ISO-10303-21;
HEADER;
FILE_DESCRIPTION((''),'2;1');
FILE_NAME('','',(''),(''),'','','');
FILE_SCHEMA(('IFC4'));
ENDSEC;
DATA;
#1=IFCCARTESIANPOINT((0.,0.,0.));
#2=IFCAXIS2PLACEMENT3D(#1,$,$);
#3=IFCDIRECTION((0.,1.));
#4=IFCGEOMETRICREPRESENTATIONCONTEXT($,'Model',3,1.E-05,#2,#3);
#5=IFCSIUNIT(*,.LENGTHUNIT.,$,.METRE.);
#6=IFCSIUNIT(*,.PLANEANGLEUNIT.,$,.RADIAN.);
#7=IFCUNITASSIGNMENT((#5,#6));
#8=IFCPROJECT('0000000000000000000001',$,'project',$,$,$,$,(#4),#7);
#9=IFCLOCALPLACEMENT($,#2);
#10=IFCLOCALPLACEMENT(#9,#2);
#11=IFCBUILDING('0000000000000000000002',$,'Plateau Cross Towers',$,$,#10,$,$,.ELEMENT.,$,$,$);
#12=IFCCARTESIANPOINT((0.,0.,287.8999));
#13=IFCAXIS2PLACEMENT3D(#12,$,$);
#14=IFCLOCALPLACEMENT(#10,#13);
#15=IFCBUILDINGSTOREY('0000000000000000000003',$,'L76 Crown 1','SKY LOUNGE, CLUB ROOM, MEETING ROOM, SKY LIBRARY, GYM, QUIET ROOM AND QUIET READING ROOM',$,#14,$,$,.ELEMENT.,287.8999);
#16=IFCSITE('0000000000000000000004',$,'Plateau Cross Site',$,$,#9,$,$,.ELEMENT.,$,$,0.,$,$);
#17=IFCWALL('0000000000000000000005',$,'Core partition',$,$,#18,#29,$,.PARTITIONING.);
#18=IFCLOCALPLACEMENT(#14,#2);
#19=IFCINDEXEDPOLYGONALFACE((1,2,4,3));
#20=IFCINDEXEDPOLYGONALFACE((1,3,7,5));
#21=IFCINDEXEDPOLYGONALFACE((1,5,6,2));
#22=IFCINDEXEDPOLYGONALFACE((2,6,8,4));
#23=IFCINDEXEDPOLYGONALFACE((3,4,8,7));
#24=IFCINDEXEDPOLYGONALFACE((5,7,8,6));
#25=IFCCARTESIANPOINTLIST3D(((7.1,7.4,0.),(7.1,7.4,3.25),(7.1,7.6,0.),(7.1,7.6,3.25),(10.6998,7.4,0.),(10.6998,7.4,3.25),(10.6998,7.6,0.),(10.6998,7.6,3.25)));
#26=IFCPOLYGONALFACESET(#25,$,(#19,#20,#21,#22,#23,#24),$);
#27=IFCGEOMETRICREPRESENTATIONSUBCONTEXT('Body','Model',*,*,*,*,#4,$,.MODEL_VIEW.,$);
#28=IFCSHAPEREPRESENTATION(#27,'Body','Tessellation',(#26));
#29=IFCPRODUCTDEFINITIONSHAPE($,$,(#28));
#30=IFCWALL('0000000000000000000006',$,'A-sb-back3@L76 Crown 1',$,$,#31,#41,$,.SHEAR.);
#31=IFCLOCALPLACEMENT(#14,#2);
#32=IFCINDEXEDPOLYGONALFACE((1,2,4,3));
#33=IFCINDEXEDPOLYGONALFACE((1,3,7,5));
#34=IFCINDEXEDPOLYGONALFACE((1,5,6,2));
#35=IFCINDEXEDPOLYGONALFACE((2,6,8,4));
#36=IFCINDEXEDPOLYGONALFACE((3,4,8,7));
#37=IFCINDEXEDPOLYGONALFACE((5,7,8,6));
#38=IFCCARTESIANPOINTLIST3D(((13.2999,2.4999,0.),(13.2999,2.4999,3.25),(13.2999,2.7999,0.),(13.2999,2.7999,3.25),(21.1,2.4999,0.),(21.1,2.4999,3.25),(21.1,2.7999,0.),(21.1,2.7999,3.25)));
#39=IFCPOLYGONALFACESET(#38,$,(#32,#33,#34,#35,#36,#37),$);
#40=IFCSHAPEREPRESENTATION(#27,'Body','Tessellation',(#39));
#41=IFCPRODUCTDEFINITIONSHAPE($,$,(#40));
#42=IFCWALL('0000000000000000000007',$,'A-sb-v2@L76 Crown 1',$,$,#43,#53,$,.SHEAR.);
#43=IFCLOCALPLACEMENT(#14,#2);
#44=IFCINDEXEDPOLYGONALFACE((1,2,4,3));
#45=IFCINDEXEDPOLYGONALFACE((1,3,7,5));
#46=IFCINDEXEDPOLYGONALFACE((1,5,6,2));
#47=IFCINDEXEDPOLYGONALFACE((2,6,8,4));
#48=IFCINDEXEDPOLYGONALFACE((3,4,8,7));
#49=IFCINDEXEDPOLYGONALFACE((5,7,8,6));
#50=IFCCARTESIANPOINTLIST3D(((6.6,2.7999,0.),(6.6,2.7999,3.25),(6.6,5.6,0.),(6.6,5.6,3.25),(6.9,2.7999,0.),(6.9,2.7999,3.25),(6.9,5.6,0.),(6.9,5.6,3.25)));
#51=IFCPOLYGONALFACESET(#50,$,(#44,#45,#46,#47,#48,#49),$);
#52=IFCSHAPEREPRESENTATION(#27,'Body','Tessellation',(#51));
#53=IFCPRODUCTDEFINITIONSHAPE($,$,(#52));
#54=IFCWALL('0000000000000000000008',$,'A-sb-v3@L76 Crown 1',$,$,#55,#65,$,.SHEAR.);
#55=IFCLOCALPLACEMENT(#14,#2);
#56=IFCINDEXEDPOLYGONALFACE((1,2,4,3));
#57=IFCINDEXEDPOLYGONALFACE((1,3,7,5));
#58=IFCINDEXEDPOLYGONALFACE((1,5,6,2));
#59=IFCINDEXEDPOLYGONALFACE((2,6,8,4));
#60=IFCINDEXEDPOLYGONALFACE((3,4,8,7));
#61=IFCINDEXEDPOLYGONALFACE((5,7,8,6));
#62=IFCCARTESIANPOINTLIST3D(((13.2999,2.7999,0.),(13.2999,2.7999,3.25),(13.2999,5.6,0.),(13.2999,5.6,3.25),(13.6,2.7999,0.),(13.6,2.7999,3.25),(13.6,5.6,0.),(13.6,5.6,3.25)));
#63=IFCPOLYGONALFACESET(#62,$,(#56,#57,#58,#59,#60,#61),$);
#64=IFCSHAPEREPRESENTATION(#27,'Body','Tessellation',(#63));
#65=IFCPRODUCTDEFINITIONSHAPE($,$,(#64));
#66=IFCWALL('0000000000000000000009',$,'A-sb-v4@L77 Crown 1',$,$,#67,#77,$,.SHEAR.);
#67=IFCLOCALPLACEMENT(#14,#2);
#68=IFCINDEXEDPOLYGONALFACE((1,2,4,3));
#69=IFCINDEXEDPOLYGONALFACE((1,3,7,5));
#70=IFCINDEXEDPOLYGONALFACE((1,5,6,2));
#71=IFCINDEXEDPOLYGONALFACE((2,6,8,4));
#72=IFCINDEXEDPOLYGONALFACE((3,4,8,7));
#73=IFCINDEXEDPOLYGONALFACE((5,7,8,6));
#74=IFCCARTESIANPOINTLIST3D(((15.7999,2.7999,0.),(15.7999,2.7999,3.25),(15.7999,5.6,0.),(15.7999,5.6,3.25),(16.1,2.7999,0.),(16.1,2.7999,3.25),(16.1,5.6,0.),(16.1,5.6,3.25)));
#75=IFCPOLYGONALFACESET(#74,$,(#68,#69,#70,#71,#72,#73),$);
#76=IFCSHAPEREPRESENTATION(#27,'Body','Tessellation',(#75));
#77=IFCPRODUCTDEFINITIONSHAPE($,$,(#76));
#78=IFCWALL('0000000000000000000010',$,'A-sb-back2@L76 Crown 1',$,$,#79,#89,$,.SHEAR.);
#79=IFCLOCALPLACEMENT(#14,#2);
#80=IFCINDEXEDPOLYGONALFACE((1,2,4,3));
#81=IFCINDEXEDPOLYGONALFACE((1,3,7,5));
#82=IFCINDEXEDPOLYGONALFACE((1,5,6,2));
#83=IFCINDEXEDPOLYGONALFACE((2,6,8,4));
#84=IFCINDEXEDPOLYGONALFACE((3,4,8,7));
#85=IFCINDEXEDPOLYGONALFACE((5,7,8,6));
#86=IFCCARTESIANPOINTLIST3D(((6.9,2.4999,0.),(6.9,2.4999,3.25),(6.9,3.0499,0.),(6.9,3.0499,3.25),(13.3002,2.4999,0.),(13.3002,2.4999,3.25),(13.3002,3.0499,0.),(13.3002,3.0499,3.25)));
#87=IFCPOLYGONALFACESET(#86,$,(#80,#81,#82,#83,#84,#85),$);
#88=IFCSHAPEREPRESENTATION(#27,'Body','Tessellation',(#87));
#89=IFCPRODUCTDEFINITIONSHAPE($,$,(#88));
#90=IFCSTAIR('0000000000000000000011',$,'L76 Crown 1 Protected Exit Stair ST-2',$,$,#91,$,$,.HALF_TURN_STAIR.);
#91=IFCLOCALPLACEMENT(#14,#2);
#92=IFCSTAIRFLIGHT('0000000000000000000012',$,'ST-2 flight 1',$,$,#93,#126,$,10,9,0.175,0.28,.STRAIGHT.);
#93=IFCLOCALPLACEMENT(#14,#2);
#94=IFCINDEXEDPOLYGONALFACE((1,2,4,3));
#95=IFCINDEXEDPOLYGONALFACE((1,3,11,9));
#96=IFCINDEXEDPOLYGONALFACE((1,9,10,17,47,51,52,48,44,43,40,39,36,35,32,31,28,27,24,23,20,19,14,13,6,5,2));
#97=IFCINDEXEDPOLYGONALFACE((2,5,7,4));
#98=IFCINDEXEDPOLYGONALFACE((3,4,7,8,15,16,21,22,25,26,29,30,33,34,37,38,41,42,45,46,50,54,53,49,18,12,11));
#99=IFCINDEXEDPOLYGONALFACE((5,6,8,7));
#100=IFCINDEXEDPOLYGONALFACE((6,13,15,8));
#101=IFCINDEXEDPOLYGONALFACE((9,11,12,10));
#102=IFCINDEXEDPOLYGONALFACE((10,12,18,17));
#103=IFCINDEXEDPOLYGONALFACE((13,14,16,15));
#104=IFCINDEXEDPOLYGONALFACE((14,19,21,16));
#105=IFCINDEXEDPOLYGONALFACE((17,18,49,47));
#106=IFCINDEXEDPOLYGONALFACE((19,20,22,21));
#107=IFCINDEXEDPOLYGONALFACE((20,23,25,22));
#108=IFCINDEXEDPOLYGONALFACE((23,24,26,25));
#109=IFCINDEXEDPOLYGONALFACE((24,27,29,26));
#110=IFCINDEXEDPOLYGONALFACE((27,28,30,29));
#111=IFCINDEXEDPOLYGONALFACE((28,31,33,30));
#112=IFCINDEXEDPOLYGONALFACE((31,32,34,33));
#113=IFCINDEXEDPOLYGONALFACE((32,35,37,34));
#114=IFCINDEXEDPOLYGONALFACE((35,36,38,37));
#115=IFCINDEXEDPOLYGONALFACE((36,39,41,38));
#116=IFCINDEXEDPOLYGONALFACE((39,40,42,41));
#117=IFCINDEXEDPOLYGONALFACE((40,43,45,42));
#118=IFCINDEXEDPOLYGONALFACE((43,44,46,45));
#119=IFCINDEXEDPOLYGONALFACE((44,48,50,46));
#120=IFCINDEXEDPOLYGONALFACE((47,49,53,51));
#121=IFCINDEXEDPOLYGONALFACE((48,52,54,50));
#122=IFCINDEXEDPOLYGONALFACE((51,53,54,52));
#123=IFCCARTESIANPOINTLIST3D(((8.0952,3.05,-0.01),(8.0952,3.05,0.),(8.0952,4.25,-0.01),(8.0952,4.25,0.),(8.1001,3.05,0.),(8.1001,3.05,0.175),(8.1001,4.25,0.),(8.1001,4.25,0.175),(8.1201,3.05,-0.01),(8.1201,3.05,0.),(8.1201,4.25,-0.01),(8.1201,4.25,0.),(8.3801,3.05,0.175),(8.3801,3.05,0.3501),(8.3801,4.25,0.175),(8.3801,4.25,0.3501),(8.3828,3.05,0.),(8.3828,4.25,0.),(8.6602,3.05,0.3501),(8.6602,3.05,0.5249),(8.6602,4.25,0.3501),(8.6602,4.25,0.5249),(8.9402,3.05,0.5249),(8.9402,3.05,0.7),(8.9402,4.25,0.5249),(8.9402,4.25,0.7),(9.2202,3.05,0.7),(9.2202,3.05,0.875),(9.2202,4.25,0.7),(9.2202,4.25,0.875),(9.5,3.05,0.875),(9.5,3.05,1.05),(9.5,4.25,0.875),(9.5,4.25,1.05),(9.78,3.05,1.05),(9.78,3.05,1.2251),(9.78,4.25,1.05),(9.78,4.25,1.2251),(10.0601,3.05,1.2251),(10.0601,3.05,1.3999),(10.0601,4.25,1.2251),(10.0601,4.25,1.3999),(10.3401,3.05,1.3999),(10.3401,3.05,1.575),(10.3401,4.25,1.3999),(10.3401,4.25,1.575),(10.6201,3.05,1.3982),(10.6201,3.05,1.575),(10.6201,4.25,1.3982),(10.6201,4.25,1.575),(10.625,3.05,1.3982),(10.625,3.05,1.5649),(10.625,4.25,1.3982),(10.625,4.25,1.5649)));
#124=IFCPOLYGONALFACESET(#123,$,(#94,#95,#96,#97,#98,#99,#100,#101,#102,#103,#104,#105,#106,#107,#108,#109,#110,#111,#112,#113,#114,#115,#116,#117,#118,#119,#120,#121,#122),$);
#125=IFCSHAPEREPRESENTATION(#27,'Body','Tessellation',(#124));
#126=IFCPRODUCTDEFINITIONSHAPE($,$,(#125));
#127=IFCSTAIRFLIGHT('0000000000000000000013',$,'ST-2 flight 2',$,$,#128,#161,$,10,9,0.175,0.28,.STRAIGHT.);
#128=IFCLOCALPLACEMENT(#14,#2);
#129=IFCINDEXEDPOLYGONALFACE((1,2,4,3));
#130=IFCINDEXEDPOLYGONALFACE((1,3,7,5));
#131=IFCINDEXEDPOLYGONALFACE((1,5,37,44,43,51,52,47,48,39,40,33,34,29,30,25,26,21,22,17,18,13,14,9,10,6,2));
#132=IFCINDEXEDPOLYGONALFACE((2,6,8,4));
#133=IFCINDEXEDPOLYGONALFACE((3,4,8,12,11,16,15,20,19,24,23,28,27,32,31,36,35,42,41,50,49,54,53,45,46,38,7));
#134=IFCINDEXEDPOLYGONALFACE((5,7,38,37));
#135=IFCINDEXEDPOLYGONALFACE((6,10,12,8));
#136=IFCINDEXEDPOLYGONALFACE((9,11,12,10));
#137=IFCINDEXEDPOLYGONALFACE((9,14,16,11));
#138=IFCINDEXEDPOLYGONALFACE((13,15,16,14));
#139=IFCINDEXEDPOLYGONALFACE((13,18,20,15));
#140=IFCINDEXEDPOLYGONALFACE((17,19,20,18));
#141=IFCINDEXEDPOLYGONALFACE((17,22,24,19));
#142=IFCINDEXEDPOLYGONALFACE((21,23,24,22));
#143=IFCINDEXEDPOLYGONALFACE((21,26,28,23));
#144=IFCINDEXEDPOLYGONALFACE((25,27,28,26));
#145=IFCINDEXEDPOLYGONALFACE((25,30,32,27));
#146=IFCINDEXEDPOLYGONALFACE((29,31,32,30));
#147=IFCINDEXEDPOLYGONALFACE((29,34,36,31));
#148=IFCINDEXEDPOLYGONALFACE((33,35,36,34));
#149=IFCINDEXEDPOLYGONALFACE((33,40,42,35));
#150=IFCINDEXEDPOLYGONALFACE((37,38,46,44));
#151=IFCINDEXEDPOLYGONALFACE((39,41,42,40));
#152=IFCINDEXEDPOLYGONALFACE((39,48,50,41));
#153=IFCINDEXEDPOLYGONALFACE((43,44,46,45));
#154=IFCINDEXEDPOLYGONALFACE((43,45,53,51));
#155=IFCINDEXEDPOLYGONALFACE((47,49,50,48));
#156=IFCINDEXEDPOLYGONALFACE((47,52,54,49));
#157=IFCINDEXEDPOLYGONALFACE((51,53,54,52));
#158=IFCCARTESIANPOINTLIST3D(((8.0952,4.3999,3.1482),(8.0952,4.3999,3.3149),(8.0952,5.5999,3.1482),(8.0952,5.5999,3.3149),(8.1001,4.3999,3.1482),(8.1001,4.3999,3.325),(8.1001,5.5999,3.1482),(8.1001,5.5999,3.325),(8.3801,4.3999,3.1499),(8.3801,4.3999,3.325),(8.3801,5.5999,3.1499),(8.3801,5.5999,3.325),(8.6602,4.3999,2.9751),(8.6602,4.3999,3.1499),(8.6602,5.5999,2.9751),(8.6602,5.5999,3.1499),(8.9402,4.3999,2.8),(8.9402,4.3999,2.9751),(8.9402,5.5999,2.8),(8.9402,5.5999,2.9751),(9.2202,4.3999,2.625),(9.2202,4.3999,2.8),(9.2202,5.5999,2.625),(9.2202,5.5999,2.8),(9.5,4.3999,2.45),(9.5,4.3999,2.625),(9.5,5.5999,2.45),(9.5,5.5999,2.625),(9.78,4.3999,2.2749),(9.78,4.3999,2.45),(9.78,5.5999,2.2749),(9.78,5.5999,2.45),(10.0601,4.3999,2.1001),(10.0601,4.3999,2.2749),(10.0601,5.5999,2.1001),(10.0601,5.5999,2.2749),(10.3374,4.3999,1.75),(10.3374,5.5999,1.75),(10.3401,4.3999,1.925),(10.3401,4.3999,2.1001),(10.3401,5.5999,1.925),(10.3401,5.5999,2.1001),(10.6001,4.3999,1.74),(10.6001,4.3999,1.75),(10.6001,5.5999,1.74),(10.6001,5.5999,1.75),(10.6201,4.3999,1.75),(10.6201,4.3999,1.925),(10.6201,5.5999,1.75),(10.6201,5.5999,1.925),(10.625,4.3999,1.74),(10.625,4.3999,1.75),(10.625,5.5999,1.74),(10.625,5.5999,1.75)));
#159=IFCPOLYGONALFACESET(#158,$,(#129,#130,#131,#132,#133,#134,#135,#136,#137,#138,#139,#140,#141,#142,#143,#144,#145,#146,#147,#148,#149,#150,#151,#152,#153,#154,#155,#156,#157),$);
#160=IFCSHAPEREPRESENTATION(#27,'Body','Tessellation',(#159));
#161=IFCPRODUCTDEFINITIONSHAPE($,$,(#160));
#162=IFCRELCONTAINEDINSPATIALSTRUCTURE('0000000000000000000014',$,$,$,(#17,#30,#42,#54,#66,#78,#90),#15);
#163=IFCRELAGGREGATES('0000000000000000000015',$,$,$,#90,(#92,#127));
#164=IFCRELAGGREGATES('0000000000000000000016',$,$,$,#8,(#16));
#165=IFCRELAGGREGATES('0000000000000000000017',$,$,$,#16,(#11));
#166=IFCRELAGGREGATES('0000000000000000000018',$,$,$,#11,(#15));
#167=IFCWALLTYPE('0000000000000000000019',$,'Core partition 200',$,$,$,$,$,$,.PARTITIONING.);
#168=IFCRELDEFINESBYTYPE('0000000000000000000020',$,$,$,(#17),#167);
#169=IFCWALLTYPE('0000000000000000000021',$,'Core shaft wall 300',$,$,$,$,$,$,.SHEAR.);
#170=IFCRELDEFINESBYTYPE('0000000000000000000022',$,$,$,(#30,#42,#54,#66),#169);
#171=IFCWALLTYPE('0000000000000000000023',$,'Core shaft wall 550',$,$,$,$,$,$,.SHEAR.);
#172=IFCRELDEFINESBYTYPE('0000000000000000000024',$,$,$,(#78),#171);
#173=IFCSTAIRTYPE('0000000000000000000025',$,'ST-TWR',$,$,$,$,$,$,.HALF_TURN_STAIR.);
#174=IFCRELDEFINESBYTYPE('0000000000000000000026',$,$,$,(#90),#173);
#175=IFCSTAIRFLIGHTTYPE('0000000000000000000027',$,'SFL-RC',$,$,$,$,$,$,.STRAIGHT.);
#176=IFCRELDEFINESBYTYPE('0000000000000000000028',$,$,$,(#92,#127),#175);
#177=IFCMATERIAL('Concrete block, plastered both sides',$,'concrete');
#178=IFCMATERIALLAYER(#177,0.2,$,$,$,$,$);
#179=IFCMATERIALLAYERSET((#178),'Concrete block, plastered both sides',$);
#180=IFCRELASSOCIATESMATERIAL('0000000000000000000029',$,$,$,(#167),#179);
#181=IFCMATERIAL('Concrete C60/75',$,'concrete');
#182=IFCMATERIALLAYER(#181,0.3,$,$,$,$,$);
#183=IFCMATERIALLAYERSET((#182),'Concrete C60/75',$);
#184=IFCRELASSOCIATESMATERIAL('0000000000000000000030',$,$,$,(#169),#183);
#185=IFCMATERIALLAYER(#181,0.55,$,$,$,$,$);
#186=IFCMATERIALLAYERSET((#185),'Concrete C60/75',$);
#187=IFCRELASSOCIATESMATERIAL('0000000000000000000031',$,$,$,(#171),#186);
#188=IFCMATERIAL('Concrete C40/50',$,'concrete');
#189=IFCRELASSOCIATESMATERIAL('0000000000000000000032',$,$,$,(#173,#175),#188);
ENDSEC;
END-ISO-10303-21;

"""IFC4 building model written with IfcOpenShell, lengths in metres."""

from ifc_helpers import new_model, si_unit, direction, frame, frame_2d, origin, place, context, subcontext, project, spatial, polyline, rectangle, outline, extrude, material, layer, layer_set, type_object, element, aggregate, save


model = new_model("IFC4")

# Units and contexts
model_context = context("Model", 3, precision=1e-05, world=origin(), true_north=direction((0.0, 1.0)))
body_context = subcontext(model_context, "Body", "Model", "MODEL_VIEW")
ifc_project = project(units=[si_unit("LENGTHUNIT", "METRE"), si_unit("PLANEANGLEUNIT", "RADIAN")], contexts=[model_context])

# Site, building, storey
site_placement = place(None, origin())
site = spatial("IfcSite", under=ifc_project, at=site_placement, Name="Plateau Cross Site", CompositionType="ELEMENT", RefElevation=0.0)
building_placement = place(site_placement, origin())
building = spatial("IfcBuilding", under=site, at=building_placement, Name="Plateau Cross Towers", CompositionType="ELEMENT")
storey_placement = place(building_placement, frame((0.0, 0.0, 287.8999)))
storey = spatial("IfcBuildingStorey", under=building, at=storey_placement, Name="L76 Crown 1", Description="SKY LOUNGE, CLUB ROOM, MEETING ROOM, SKY LIBRARY, GYM, QUIET ROOM AND QUIET READING ROOM", CompositionType="ELEMENT", Elevation=287.8999)

# Shared definitions
ifc_material_1 = material(Name="Concrete block, plastered both sides", Category="concrete")
ifc_layer_1 = layer(ifc_material_1, 0.2)
ifc_layer_set_1 = layer_set([ifc_layer_1], Name="Concrete block, plastered both sides")
wall_type_1 = type_object("IfcWallType", Name="Core partition 200", PredefinedType="PARTITIONING", material=ifc_layer_set_1)

# Walls
wall_1_placement = place(storey_placement, frame((7.1001, 7.5, 0.0), z_axis=(0.0, 0.0, 1.0), x_axis=(1.0, 0.0, 0.0)))
element("IfcWall", 1, at=wall_1_placement, inside=storey, type_object=wall_type_1, Name="Core partition", PredefinedType="PARTITIONING", context=body_context, shape_type="SweptSolid", body=[
    extrude(rectangle(XDim=3.5999, YDim=0.2, at=frame_2d((1.7998, 0.0))), origin(), (0.0, 0.0, 1.0), 3.25),
])
ifc_material_2 = material(Name="Concrete C60/75", Category="concrete")
ifc_layer_2 = layer(ifc_material_2, 0.3)
ifc_layer_set_2 = layer_set([ifc_layer_2], Name="Concrete C60/75")
wall_type_2 = type_object("IfcWallType", Name="Core shaft wall 300", PredefinedType="SHEAR", material=ifc_layer_set_2)
wall_2_placement = place(storey_placement, frame((13.3, 2.6499, 0.0), z_axis=(0.0, 0.0, 1.0), x_axis=(1.0, 0.0, 0.0)))
element("IfcWall", 2, at=wall_2_placement, inside=storey, type_object=wall_type_2, Name="A-sb-back3@L76 Crown 1", PredefinedType="SHEAR", context=body_context, shape_type="SweptSolid", body=[
    extrude(rectangle(XDim=7.8, YDim=0.3, at=frame_2d((3.8999, 0.0))), origin(), (0.0, 0.0, 1.0), 3.25),
])
for number, where, z_axis, x_axis, name in (
    (3, (6.75, 2.8, 0.0), (0.0, 0.0, 1.0), (0.0, 1.0, 0.0), "A-sb-v2@L76 Crown 1"),
    (4, (13.45, 2.8, 0.0), (0.0, 0.0, 1.0), (0.0, 1.0, 0.0), "A-sb-v3@L76 Crown 1"),
    (5, (15.95, 2.8, 0.0), (0.0, 0.0, 1.0), (0.0, 1.0, 0.0), "A-sb-v4@L77 Crown 1"),
):
    element("IfcWall", number, at=place(storey_placement, frame(where, z_axis=z_axis, x_axis=x_axis)), inside=storey, type_object=wall_type_2, Name=name, PredefinedType="SHEAR", context=body_context, shape_type="SweptSolid", body=[
        extrude(rectangle(XDim=2.8, YDim=0.3, at=frame_2d((1.3999, 0.0))), origin(), (0.0, 0.0, 1.0), 3.25),
    ])
ifc_layer_3 = layer(ifc_material_2, 0.55)
ifc_layer_set_3 = layer_set([ifc_layer_3], Name="Concrete C60/75")
wall_type_3 = type_object("IfcWallType", Name="Core shaft wall 550", PredefinedType="SHEAR", material=ifc_layer_set_3)
wall_3_placement = place(storey_placement, frame((6.8999, 2.7749, 0.0), z_axis=(0.0, 0.0, 1.0), x_axis=(1.0, 0.0, 0.0)))
element("IfcWall", 6, at=wall_3_placement, inside=storey, type_object=wall_type_3, Name="A-sb-back2@L76 Crown 1", PredefinedType="SHEAR", context=body_context, shape_type="SweptSolid", body=[
    extrude(rectangle(XDim=6.4001, YDim=0.55, at=frame_2d((3.2002, 0.0))), origin(), (0.0, 0.0, 1.0), 3.25),
])

# Stair, stair flights
ifc_material_3 = material(Name="Concrete C40/50", Category="concrete")
stair_type = type_object("IfcStairType", Name="ST-TWR", PredefinedType="HALF_TURN_STAIR", material=ifc_material_3)
stair_placement = place(storey_placement, origin())
stair = element("IfcStair", 7, at=stair_placement, inside=storey, type_object=stair_type, Name="L76 Crown 1 Protected Exit Stair ST-2", PredefinedType="HALF_TURN_STAIR")
stair_flight_type = type_object("IfcStairFlightType", Name="SFL-RC", PredefinedType="STRAIGHT", material=ifc_material_3)
stair_flight_1_placement = place(storey_placement, frame((8.1001, 3.6499, 0.0), z_axis=(0.0, 0.0, 1.0), x_axis=(1.0, 0.0, 0.0)))
stair_flight_1 = element("IfcStairFlight", 8, at=stair_flight_1_placement, type_object=stair_flight_type, Name="ST-2 flight 1", NumberOfRisers=10, NumberOfTreads=9, PredefinedType="STRAIGHT", RiserHeight=0.175, TreadLength=0.28, context=body_context, shape_type="SweptSolid", body=[
    extrude(outline(polyline([(-0.0049, -0.01), (-0.0049, 0.0), (0.0, 0.0), (0.0, 0.175), (0.28, 0.175), (0.28, 0.3501), (0.5601, 0.3501), (0.5601, 0.5249), (0.8401, 0.5249), (0.8401, 0.7), (1.1201, 0.7), (1.1201, 0.875), (1.3999, 0.875), (1.3999, 1.05), (1.6799, 1.05), (1.6799, 1.2251), (1.96, 1.2251), (1.96, 1.3999), (2.24, 1.3999), (2.24, 1.575), (2.52, 1.575), (2.5249, 1.5649), (2.5249, 1.3982), (2.52, 1.3982), (0.2827, 0.0), (0.02, 0.0), (0.02, -0.01), (-0.0049, -0.01)])), frame((0.0, 0.6001, 0.0), z_axis=(0.0, -1.0, 0.0), x_axis=(1.0, 0.0, 0.0)), (0.0, 0.0, 1.0), 1.2),
])
stair_flight_2_placement = place(storey_placement, frame((10.6201, 5.0, 1.75), z_axis=(0.0, 0.0, 1.0), x_axis=(-1.0, 0.0, 0.0)))
stair_flight_2 = element("IfcStairFlight", 9, at=stair_flight_2_placement, type_object=stair_flight_type, Name="ST-2 flight 2", NumberOfRisers=10, NumberOfTreads=9, PredefinedType="STRAIGHT", RiserHeight=0.175, TreadLength=0.28, context=body_context, shape_type="SweptSolid", body=[
    extrude(outline(polyline([(-0.0049, -0.01), (-0.0049, 0.0), (0.0, 0.0), (0.0, 0.175), (0.28, 0.175), (0.28, 0.3501), (0.5601, 0.3501), (0.5601, 0.5249), (0.8401, 0.5249), (0.8401, 0.7), (1.1201, 0.7), (1.1201, 0.875), (1.3999, 0.875), (1.3999, 1.05), (1.6799, 1.05), (1.6799, 1.2251), (1.96, 1.2251), (1.96, 1.3999), (2.24, 1.3999), (2.24, 1.575), (2.52, 1.575), (2.5249, 1.5649), (2.5249, 1.3982), (2.52, 1.3982), (0.2827, 0.0), (0.02, 0.0), (0.02, -0.01), (-0.0049, -0.01)])), frame((0.0, 0.6001, 0.0), z_axis=(0.0, -1.0, 0.0), x_axis=(1.0, 0.0, 0.0)), (0.0, 0.0, 1.0), 1.2),
])
aggregate(stair, [stair_flight_1, stair_flight_2])

save(model, "model.ifc")
